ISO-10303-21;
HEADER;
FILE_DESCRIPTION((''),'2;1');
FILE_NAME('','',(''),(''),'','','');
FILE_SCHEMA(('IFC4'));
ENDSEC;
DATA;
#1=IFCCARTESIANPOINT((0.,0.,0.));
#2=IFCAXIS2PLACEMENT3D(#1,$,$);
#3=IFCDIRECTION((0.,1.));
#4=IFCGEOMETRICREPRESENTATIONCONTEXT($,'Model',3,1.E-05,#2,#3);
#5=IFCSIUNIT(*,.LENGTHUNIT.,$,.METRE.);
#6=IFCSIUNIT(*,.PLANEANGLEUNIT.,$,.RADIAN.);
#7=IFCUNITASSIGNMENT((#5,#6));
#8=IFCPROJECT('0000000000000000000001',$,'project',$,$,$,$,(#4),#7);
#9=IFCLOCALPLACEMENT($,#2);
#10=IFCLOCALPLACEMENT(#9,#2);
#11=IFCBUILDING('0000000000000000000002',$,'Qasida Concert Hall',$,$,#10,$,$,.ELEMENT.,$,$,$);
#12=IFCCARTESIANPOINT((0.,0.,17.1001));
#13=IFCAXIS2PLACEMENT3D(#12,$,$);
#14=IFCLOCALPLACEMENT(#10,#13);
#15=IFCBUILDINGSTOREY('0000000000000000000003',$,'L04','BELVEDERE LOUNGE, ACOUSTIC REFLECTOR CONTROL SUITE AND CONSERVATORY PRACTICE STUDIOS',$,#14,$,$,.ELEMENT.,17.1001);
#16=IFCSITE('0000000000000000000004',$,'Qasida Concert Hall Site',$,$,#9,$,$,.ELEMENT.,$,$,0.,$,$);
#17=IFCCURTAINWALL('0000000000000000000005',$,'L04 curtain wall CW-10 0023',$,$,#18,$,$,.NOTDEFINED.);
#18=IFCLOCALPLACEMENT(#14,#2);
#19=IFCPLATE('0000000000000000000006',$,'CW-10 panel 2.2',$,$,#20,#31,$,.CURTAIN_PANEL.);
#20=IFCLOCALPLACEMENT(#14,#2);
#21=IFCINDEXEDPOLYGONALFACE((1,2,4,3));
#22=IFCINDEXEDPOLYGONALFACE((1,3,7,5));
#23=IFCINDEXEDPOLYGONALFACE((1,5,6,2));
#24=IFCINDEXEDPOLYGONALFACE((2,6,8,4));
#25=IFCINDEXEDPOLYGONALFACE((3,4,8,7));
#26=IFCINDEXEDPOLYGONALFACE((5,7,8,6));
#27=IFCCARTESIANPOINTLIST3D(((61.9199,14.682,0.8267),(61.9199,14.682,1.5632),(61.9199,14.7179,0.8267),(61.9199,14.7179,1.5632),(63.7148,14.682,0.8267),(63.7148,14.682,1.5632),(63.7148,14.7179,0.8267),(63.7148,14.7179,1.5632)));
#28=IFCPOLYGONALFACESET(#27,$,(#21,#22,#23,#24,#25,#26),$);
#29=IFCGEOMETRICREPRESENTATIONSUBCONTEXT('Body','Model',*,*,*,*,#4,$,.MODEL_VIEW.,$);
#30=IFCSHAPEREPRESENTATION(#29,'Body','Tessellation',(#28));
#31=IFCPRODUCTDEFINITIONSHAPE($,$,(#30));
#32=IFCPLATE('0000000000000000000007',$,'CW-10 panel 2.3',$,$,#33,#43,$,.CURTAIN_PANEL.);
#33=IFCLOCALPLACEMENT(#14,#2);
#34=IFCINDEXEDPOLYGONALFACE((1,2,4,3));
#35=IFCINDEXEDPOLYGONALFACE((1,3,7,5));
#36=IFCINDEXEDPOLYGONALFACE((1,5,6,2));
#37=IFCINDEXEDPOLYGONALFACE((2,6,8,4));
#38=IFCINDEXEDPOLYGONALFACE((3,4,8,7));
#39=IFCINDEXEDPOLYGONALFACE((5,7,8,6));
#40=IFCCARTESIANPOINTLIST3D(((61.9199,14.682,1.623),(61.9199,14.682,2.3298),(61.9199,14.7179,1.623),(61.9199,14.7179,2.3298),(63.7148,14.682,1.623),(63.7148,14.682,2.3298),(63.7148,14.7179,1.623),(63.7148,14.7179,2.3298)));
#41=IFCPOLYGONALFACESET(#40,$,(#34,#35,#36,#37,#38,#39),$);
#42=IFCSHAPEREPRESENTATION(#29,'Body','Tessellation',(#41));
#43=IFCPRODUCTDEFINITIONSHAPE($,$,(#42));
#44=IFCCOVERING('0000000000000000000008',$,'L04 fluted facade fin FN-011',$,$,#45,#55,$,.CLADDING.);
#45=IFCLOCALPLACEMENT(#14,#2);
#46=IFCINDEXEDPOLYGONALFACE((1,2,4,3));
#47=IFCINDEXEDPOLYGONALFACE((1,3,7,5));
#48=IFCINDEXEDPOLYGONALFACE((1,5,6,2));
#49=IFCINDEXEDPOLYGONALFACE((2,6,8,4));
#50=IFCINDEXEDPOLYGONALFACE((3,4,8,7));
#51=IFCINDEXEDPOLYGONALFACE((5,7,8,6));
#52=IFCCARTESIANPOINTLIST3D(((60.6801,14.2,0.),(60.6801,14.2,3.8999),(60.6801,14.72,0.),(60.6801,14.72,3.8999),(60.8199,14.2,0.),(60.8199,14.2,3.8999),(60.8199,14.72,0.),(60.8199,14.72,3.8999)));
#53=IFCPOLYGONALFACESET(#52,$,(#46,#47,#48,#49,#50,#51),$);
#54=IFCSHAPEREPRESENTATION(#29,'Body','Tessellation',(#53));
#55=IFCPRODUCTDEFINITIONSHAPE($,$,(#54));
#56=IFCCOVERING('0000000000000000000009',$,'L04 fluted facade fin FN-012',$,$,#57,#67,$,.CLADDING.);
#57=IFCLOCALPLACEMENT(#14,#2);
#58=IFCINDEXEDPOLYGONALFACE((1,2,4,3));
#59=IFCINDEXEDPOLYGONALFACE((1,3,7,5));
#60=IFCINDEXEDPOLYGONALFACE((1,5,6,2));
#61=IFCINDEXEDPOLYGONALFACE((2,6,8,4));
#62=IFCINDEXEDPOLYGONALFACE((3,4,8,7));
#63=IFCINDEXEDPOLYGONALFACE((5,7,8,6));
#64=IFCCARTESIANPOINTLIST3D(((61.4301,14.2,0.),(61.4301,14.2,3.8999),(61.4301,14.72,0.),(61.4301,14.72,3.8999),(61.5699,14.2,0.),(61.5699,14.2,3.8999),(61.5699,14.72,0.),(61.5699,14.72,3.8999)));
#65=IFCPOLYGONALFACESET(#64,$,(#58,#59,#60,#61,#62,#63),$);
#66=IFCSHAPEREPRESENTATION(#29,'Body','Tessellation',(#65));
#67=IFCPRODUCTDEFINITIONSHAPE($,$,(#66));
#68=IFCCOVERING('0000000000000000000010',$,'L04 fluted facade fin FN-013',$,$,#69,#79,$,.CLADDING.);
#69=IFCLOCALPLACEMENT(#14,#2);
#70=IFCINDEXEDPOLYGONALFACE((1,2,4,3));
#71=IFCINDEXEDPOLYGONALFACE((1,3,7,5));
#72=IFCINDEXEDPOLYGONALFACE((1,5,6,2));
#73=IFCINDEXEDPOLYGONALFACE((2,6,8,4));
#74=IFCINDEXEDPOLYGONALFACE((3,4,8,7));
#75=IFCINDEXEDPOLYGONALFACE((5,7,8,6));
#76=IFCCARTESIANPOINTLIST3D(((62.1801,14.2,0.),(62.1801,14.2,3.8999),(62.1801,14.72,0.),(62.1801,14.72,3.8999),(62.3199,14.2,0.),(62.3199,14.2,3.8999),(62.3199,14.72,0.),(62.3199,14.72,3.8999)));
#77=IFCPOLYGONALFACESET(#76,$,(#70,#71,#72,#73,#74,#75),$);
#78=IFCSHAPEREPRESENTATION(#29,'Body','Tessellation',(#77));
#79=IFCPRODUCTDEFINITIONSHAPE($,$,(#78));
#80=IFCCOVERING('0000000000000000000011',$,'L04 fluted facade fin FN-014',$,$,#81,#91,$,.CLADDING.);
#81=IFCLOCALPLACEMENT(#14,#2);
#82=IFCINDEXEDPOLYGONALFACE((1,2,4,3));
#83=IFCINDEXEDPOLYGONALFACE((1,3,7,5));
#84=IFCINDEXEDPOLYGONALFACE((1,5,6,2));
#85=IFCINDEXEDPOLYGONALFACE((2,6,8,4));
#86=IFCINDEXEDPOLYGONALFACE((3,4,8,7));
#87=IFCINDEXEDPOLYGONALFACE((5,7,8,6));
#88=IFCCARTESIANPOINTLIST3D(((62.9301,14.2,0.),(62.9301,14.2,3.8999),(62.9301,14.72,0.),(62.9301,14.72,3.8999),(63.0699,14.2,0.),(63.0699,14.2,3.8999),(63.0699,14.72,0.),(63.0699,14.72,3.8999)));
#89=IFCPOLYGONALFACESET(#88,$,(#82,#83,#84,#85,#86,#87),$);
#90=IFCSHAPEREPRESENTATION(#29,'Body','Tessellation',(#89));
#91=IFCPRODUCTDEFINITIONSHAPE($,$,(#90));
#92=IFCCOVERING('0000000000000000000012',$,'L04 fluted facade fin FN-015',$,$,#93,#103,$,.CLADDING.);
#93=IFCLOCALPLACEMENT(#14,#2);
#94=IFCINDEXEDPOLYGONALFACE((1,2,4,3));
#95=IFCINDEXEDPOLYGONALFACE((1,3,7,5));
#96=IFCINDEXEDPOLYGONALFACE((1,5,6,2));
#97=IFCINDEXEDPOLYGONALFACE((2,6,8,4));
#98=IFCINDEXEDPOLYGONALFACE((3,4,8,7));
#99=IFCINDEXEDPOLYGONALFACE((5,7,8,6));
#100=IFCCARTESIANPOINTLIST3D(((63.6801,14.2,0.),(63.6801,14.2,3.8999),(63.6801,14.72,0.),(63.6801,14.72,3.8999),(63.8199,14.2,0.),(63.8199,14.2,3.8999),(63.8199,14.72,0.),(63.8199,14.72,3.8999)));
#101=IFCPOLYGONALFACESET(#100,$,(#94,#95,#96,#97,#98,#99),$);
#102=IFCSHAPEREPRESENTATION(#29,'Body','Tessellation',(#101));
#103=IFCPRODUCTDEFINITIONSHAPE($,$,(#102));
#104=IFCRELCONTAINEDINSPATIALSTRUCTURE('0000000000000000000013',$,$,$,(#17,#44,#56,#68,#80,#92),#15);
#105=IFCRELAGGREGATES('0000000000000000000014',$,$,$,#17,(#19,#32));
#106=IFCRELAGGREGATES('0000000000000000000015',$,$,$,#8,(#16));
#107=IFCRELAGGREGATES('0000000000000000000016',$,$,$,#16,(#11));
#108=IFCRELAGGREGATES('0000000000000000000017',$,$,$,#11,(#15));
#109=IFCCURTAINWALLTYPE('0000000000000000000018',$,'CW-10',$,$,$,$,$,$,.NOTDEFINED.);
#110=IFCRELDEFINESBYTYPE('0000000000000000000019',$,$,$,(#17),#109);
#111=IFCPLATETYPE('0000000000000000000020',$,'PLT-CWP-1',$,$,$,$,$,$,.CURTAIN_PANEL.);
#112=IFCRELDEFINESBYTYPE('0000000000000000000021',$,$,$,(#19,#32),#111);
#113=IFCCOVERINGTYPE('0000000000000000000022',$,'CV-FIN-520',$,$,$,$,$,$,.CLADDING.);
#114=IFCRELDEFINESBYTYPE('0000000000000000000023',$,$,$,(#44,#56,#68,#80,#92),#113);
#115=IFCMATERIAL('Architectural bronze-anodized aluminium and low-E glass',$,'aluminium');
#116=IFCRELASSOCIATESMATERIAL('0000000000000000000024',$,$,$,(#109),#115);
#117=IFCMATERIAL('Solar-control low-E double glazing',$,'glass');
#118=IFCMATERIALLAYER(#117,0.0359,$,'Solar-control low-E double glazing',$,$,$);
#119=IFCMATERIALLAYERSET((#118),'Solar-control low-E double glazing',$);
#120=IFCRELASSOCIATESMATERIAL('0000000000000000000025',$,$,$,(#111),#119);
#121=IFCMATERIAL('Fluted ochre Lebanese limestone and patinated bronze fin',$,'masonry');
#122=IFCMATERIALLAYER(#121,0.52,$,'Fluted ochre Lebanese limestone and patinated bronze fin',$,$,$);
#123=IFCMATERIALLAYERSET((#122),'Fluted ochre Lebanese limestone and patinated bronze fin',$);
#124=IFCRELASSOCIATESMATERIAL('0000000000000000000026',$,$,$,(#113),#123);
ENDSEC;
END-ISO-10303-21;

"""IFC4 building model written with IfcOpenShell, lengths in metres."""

from ifc_helpers import new_model, si_unit, direction, frame, origin, origin_2d, place, context, subcontext, project, spatial, rectangle, extrude, material, layer, layer_set, type_object, element, aggregate, save


model = new_model("IFC4")

# Units and contexts
model_context = context("Model", 3, precision=1e-05, world=origin(), true_north=direction((0.0, 1.0)))
body_context = subcontext(model_context, "Body", "Model", "MODEL_VIEW")
ifc_project = project(units=[si_unit("LENGTHUNIT", "METRE"), si_unit("PLANEANGLEUNIT", "RADIAN")], contexts=[model_context])

# Site, building, storey
site_placement = place(None, origin())
site = spatial("IfcSite", under=ifc_project, at=site_placement, Name="Qasida Concert Hall Site", CompositionType="ELEMENT", RefElevation=0.0)
building_placement = place(site_placement, origin())
building = spatial("IfcBuilding", under=site, at=building_placement, Name="Qasida Concert Hall", CompositionType="ELEMENT")
storey_placement = place(building_placement, frame((0.0, 0.0, 17.1001)))
storey = spatial("IfcBuildingStorey", under=building, at=storey_placement, Name="L04", Description="BELVEDERE LOUNGE, ACOUSTIC REFLECTOR CONTROL SUITE AND CONSERVATORY PRACTICE STUDIOS", CompositionType="ELEMENT", Elevation=17.1001)

# Curtain wall, plates
ifc_material_1 = material(Name="Architectural bronze-anodized aluminium and low-E glass", Category="aluminium")
curtain_wall_type = type_object("IfcCurtainWallType", Name="CW-10", PredefinedType="NOTDEFINED", material=ifc_material_1)
curtain_wall_placement = place(storey_placement, origin())
curtain_wall = element("IfcCurtainWall", 1, at=curtain_wall_placement, inside=storey, type_object=curtain_wall_type, Name="L04 curtain wall CW-10 0023", PredefinedType="NOTDEFINED")
ifc_material_2 = material(Name="Solar-control low-E double glazing", Category="glass")
ifc_layer_1 = layer(ifc_material_2, 0.0359, Name="Solar-control low-E double glazing")
ifc_layer_set_1 = layer_set([ifc_layer_1], Name="Solar-control low-E double glazing")
plate_type = type_object("IfcPlateType", Name="PLT-CWP-1", PredefinedType="CURTAIN_PANEL", material=ifc_layer_set_1)
plate_1_placement = place(storey_placement, frame((62.8174, 14.7, 0.8267), z_axis=(0.0, 0.0, 1.0), x_axis=(1.0, 0.0, 0.0)))
plate_1 = element("IfcPlate", 2, at=plate_1_placement, type_object=plate_type, Name="CW-10 panel 2.2", PredefinedType="CURTAIN_PANEL", context=body_context, shape_type="SweptSolid", body=[
    extrude(rectangle(XDim=1.7949, YDim=0.0359, at=origin_2d()), origin(), (0.0, 0.0, 1.0), 0.7366),
])
plate_2_placement = place(storey_placement, frame((62.8174, 14.7, 1.623), z_axis=(0.0, 0.0, 1.0), x_axis=(1.0, 0.0, 0.0)))
plate_2 = element("IfcPlate", 3, at=plate_2_placement, type_object=plate_type, Name="CW-10 panel 2.3", PredefinedType="CURTAIN_PANEL", context=body_context, shape_type="SweptSolid", body=[
    extrude(rectangle(XDim=1.7949, YDim=0.0359, at=origin_2d()), origin(), (0.0, 0.0, 1.0), 0.7068),
])
aggregate(curtain_wall, [plate_1, plate_2])

# Coverings
ifc_material_3 = material(Name="Fluted ochre Lebanese limestone and patinated bronze fin", Category="masonry")
ifc_layer_2 = layer(ifc_material_3, 0.52, Name="Fluted ochre Lebanese limestone and patinated bronze fin")
ifc_layer_set_2 = layer_set([ifc_layer_2], Name="Fluted ochre Lebanese limestone and patinated bronze fin")
covering_type = type_object("IfcCoveringType", Name="CV-FIN-520", PredefinedType="CLADDING", material=ifc_layer_set_2)
for number, where, z_axis, x_axis, name in (
    (4, (60.75, 14.46, 0.0), (0.0, 0.0, 1.0), (1.0, 0.0, 0.0), "L04 fluted facade fin FN-011"),
    (5, (61.5, 14.46, 0.0), (0.0, 0.0, 1.0), (1.0, 0.0, 0.0), "L04 fluted facade fin FN-012"),
    (6, (62.25, 14.46, 0.0), (0.0, 0.0, 1.0), (1.0, 0.0, 0.0), "L04 fluted facade fin FN-013"),
    (7, (63.0, 14.46, 0.0), (0.0, 0.0, 1.0), (1.0, 0.0, 0.0), "L04 fluted facade fin FN-014"),
    (8, (63.75, 14.46, 0.0), (0.0, 0.0, 1.0), (1.0, 0.0, 0.0), "L04 fluted facade fin FN-015"),
):
    element("IfcCovering", number, at=place(storey_placement, frame(where, z_axis=z_axis, x_axis=x_axis)), inside=storey, type_object=covering_type, Name=name, PredefinedType="CLADDING", context=body_context, shape_type="SweptSolid", body=[
        extrude(rectangle(XDim=0.1399, YDim=0.52, at=origin_2d()), origin(), (0.0, 0.0, 1.0), 3.8999),
    ])

save(model, "model.ifc")
